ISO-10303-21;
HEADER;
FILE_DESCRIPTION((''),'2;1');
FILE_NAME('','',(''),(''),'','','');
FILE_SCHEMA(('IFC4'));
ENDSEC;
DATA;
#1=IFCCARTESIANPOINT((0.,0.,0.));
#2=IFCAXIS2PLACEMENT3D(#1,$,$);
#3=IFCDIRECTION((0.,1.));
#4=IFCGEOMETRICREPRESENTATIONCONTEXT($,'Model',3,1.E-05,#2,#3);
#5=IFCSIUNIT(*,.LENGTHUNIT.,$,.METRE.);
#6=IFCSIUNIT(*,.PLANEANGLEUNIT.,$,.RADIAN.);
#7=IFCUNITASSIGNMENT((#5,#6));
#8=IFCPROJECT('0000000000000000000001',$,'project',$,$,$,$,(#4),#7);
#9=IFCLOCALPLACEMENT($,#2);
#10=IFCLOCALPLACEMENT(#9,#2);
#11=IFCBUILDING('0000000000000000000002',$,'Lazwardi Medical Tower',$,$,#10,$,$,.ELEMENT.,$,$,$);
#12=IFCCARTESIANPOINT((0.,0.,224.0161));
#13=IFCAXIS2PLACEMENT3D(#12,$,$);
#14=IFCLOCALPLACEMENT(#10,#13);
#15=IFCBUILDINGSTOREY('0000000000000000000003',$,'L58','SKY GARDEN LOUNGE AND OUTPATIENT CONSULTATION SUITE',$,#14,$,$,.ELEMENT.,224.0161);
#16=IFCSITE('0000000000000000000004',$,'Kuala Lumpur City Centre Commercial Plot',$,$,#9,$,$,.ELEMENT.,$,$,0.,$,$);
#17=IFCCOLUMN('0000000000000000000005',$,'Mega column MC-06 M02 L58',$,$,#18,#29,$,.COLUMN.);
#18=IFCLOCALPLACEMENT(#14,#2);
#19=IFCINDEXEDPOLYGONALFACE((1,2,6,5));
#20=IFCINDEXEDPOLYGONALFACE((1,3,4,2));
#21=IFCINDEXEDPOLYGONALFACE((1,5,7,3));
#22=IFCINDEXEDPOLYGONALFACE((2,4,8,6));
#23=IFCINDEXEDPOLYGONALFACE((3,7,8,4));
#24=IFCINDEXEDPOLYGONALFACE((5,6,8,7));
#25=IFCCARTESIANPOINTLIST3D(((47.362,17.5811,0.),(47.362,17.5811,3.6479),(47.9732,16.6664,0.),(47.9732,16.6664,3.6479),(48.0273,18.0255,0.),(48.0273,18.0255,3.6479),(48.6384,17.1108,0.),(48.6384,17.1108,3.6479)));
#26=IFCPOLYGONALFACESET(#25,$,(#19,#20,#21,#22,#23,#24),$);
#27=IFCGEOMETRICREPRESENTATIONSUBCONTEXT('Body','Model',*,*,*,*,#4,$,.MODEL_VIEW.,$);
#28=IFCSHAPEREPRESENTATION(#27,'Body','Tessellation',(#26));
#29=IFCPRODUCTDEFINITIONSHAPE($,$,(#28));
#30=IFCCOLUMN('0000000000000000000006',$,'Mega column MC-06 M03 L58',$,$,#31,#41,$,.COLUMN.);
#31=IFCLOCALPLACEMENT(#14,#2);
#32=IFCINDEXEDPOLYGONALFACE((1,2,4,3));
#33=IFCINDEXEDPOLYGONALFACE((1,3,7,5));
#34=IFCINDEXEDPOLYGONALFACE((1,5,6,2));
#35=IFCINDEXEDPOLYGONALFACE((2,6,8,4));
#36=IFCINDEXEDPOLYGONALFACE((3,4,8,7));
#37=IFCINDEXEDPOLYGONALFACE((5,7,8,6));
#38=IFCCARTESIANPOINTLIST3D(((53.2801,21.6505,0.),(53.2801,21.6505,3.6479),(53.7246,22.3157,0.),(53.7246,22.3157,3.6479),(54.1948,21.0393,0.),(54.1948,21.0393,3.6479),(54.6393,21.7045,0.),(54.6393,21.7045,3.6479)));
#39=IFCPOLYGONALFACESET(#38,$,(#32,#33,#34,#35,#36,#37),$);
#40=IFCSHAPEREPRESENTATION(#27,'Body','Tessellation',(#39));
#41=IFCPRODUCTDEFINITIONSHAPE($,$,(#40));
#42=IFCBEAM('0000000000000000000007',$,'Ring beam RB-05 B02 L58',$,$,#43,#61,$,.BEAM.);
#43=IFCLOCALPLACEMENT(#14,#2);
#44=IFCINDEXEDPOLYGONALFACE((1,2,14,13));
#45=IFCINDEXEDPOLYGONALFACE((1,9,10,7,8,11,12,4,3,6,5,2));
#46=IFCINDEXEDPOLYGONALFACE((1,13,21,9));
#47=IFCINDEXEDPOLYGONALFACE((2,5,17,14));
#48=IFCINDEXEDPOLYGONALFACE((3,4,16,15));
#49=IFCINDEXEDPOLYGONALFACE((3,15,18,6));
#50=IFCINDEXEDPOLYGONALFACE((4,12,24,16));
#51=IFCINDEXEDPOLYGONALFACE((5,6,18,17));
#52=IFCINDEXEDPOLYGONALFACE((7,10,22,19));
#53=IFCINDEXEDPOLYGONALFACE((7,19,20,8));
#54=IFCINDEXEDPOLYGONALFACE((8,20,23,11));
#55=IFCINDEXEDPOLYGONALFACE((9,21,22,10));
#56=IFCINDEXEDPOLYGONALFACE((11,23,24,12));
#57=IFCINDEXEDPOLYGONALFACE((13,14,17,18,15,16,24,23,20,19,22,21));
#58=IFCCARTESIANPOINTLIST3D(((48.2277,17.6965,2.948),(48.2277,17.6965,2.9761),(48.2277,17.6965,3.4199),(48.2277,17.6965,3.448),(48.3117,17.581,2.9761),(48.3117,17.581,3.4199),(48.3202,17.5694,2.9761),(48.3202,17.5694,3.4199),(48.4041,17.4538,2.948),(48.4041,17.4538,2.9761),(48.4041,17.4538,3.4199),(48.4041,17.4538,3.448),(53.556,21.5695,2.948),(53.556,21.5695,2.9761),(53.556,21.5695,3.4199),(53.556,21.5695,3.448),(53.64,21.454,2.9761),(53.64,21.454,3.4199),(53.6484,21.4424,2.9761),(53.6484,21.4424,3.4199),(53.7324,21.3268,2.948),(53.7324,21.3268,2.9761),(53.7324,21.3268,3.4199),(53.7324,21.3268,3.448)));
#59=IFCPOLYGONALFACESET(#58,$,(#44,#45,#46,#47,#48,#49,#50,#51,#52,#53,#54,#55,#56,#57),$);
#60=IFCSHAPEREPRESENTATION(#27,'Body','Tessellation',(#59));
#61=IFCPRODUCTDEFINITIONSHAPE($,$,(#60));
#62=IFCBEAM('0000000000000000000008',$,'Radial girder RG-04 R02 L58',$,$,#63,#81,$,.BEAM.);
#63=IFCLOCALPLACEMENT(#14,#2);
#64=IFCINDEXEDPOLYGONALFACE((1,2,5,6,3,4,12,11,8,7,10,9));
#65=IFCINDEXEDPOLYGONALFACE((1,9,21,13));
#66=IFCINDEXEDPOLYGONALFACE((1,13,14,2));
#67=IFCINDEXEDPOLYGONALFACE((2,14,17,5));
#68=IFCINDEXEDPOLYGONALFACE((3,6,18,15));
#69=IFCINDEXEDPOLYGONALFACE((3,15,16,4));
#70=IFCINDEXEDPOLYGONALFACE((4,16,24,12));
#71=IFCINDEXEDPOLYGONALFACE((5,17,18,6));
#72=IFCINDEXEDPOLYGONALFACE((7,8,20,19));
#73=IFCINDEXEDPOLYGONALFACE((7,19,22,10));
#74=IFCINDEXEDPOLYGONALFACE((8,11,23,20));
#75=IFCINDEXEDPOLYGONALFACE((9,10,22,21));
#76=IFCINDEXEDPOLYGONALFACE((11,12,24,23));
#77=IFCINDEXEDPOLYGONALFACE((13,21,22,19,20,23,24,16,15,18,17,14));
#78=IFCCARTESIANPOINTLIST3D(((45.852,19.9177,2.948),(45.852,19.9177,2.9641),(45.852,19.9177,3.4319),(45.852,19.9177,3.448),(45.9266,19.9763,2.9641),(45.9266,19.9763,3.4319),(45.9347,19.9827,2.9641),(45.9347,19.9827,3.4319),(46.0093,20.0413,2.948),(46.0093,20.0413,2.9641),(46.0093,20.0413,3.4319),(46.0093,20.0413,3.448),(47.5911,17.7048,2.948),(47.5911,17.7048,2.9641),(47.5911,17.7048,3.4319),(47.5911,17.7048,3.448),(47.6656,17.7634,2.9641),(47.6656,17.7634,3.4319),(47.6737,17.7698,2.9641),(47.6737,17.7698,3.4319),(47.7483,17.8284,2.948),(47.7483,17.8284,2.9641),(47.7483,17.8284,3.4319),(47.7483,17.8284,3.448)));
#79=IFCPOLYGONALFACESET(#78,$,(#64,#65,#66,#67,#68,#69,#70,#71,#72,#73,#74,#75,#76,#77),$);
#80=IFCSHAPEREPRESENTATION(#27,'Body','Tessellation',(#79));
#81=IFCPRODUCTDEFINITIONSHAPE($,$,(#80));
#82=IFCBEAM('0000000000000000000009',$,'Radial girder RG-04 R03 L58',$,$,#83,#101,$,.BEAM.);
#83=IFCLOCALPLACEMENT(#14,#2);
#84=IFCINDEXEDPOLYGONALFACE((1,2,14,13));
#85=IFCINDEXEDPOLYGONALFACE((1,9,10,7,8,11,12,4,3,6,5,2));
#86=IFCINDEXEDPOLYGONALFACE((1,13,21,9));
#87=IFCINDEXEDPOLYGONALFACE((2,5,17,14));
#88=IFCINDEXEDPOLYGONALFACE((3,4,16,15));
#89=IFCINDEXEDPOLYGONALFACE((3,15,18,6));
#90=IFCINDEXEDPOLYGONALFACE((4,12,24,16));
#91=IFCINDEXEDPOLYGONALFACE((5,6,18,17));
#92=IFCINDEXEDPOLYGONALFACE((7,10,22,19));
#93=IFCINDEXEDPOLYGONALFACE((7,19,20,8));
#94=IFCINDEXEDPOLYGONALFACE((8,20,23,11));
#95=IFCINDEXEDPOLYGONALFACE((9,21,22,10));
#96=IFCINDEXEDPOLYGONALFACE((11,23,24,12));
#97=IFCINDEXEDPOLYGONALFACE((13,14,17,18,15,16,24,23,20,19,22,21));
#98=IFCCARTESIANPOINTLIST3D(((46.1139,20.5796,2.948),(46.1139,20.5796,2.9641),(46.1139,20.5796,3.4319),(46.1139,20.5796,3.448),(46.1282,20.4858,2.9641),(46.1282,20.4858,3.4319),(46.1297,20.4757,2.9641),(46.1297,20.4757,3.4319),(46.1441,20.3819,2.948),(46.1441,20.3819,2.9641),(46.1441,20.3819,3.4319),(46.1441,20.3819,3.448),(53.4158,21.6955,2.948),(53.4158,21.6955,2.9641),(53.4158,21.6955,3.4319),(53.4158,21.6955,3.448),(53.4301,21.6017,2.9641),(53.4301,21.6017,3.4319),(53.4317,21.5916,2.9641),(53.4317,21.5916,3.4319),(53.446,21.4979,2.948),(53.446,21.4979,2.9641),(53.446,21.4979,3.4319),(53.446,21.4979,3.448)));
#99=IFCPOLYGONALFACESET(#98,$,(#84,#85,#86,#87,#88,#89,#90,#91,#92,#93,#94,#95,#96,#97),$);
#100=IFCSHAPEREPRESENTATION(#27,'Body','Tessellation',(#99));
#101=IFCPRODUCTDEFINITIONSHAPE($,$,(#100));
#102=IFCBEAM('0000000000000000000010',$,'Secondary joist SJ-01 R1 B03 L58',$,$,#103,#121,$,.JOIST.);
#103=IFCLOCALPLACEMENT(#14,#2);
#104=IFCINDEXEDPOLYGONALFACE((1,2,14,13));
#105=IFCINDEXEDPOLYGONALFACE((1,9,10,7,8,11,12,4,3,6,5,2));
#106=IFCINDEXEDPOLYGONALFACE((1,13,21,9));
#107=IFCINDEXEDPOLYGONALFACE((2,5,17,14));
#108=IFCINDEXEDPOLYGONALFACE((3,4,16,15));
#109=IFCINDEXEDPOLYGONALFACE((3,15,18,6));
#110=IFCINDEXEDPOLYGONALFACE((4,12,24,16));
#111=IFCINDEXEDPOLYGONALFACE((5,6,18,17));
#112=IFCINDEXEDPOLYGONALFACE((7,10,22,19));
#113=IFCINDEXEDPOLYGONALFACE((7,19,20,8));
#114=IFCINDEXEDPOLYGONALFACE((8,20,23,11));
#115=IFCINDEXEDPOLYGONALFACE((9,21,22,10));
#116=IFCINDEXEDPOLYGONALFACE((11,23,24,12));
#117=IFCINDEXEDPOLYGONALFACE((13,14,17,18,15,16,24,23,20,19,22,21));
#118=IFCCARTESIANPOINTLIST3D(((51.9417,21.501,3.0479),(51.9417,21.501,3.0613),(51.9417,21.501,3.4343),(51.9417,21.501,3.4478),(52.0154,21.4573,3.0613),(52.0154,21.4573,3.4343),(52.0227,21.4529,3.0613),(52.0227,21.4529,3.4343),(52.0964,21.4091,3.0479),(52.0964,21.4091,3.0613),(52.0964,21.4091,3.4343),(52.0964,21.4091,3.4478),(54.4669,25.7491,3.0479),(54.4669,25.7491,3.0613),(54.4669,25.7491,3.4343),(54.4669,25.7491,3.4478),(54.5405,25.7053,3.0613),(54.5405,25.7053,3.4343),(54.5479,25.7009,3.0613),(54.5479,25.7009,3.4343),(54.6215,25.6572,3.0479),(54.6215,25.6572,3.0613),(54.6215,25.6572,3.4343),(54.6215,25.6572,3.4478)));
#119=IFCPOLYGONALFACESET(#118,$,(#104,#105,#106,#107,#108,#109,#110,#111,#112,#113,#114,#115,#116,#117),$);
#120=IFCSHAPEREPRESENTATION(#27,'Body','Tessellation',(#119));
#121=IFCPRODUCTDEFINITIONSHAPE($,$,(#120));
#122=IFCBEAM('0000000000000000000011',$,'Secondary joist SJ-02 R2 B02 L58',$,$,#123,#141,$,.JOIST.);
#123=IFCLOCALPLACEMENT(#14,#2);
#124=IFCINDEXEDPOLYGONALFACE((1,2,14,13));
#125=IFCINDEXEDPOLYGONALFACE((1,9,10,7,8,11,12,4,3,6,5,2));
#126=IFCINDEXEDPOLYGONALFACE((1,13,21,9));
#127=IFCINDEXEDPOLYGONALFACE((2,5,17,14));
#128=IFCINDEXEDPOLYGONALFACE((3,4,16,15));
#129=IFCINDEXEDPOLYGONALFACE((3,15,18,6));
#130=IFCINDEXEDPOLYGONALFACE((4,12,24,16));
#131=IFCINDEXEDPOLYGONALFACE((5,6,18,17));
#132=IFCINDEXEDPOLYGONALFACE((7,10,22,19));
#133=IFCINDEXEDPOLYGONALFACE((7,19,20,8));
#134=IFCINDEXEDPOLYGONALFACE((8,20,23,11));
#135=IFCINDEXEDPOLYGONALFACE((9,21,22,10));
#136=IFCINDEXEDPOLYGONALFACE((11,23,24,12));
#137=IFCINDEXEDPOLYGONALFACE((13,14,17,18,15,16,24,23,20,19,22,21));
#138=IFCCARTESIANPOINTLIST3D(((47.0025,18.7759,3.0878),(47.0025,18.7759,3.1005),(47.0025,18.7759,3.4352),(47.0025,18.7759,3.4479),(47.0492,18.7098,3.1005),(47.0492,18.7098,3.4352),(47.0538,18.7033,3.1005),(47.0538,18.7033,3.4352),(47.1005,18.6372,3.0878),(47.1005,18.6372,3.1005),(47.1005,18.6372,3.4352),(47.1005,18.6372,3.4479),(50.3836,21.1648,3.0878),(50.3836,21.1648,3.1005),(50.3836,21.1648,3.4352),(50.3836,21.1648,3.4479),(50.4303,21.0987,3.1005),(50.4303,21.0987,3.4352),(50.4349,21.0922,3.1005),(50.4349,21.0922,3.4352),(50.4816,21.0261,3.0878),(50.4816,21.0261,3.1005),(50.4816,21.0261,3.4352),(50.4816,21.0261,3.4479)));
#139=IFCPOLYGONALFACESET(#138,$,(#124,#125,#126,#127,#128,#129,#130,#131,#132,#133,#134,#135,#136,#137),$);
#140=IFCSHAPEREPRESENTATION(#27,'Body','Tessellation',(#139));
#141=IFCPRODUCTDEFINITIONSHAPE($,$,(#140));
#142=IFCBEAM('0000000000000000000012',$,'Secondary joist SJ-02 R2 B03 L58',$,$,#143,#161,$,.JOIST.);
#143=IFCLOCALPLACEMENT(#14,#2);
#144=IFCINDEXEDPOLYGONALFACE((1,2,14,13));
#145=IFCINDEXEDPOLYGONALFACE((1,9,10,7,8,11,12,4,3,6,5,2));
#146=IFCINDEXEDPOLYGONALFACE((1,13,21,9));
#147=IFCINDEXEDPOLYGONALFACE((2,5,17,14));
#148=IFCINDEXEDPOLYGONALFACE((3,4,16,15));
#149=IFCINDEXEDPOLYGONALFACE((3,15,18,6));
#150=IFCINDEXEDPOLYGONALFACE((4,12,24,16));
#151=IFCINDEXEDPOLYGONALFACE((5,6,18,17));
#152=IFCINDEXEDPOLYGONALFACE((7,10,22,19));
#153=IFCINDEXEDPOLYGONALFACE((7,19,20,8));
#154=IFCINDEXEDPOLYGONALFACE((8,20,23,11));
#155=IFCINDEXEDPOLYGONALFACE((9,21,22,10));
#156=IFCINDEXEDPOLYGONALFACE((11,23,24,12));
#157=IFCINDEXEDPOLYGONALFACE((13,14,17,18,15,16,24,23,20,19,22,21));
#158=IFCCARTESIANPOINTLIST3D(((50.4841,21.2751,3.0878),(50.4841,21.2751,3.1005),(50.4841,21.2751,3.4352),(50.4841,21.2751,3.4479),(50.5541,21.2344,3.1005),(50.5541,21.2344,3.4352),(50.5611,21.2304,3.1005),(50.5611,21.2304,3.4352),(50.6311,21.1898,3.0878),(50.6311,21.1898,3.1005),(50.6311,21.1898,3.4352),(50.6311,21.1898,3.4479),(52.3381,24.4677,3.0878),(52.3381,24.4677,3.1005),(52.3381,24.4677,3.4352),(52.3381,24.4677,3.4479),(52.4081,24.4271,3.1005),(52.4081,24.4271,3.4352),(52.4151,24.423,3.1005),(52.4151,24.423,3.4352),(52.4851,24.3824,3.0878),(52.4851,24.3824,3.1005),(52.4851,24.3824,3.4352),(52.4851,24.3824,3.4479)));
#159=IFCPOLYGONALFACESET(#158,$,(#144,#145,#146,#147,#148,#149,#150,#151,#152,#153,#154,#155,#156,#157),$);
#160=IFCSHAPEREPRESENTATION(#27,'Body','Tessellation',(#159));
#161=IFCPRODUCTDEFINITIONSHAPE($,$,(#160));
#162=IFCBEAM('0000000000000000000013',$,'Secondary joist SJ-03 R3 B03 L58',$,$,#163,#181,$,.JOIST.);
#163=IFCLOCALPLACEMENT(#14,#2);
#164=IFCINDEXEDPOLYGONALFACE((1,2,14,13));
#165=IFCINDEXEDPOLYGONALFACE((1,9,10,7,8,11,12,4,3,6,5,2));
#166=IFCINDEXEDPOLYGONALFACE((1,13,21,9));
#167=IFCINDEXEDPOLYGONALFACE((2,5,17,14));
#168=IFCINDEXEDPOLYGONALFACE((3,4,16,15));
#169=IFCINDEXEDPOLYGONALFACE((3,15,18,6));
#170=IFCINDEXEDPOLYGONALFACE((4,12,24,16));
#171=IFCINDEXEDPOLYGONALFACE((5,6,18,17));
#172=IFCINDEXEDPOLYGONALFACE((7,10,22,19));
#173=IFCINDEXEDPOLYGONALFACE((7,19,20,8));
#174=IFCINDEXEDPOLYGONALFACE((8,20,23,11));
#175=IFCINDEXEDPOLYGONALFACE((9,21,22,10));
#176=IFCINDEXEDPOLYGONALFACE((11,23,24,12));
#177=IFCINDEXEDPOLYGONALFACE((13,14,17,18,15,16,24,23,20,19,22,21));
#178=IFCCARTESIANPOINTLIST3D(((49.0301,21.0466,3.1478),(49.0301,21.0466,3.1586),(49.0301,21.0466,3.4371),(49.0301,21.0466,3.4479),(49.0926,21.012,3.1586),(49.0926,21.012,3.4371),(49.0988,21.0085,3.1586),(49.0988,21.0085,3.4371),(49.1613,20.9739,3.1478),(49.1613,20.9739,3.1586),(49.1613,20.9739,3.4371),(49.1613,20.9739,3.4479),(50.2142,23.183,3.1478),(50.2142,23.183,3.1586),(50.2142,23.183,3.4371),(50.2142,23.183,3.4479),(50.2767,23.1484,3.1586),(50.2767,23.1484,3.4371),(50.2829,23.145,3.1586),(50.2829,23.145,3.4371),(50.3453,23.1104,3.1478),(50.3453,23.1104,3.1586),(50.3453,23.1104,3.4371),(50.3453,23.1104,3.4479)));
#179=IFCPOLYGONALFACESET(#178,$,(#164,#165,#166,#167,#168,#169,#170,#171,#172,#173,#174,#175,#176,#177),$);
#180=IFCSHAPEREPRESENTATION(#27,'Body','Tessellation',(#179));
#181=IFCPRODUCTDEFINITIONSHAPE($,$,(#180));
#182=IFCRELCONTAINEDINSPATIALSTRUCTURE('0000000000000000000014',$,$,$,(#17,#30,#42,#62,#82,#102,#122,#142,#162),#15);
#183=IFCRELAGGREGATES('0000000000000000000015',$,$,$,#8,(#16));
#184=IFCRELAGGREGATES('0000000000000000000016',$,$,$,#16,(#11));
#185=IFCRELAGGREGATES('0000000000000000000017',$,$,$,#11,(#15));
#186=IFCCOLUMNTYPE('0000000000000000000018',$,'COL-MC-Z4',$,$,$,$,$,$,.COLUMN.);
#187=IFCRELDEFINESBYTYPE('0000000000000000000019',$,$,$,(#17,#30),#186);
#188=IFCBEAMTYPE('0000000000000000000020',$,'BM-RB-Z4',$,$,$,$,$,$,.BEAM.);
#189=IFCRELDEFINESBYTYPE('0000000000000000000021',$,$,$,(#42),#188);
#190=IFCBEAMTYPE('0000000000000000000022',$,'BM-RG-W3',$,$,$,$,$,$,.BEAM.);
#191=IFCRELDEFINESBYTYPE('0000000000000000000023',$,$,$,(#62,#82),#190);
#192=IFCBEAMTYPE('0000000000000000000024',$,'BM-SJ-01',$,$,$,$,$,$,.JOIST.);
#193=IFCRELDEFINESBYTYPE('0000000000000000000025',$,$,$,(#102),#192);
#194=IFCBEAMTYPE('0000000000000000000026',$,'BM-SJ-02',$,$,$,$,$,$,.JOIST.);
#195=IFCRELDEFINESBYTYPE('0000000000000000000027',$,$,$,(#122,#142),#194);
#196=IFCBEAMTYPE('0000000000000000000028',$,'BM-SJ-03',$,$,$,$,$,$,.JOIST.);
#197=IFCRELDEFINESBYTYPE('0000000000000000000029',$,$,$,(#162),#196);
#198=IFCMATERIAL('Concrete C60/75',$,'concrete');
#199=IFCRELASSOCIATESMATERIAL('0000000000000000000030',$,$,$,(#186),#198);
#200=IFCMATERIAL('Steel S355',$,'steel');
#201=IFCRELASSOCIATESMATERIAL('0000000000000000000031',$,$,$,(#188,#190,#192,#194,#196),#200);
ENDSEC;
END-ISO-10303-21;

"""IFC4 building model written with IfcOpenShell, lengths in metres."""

from ifc_helpers import new_model, si_unit, direction, frame, origin, origin_2d, place, context, subcontext, project, spatial, rectangle, i_section, extrude, material, material_profile, profile_set, type_object, element, save


model = new_model("IFC4")

# Units and contexts
model_context = context("Model", 3, precision=1e-05, world=origin(), true_north=direction((0.0, 1.0)))
body_context = subcontext(model_context, "Body", "Model", "MODEL_VIEW")
ifc_project = project(units=[si_unit("LENGTHUNIT", "METRE"), si_unit("PLANEANGLEUNIT", "RADIAN")], contexts=[model_context])

# Site, building, storey
site_placement = place(None, origin())
site = spatial("IfcSite", under=ifc_project, at=site_placement, Name="Kuala Lumpur City Centre Commercial Plot", CompositionType="ELEMENT", RefElevation=0.0)
building_placement = place(site_placement, origin())
building = spatial("IfcBuilding", under=site, at=building_placement, Name="Lazwardi Medical Tower", CompositionType="ELEMENT")
storey_placement = place(building_placement, frame((0.0, 0.0, 224.0161)))
storey = spatial("IfcBuildingStorey", under=building, at=storey_placement, Name="L58", Description="SKY GARDEN LOUNGE AND OUTPATIENT CONSULTATION SUITE", CompositionType="ELEMENT", Elevation=224.0161)

# Columns
ifc_material_1 = material(Name="Concrete C60/75", Category="concrete")
ifc_material_profile_1 = material_profile(ifc_material_1, rectangle(XDim=1.1001, YDim=0.8, at=origin_2d()), Name="CFT-RECT 1100x800")
ifc_profile_set_1 = profile_set([ifc_material_profile_1], Name="Concrete C60/75")
column_type = type_object("IfcColumnType", Name="COL-MC-Z4", PredefinedType="COLUMN", material=ifc_profile_set_1)
for number, where, z_axis, x_axis, name in (
    (1, (48.0002, 17.3459, 0.0), (0.0, 0.0, 1.0), (0.55557, -0.83147, 0.0), "Mega column MC-06 M02 L58"),
    (2, (53.9597, 21.6775, 0.0), (0.0, 0.0, 1.0), (0.83147, -0.55557, 0.0), "Mega column MC-06 M03 L58"),
):
    element("IfcColumn", number, at=place(storey_placement, frame(where, z_axis=z_axis, x_axis=x_axis)), inside=storey, type_object=column_type, Name=name, PredefinedType="COLUMN", context=body_context, shape_type="SweptSolid", body=[
        extrude(rectangle(XDim=1.1001, YDim=0.8, at=origin_2d()), origin(), (0.0, 0.0, 1.0), 3.6479),
    ])

# Beams
ifc_material_2 = material(Name="Steel S355", Category="steel")
ifc_material_profile_2 = material_profile(ifc_material_2, i_section(OverallWidth=0.3, OverallDepth=0.5, WebThickness=0.0144, FlangeThickness=0.0281, at=origin_2d()), Name="HEB 500")
ifc_profile_set_2 = profile_set([ifc_material_profile_2], Name="Steel S355")
beam_type_1 = type_object("IfcBeamType", Name="BM-RB-Z4", PredefinedType="BEAM", material=ifc_profile_set_2)
beam_1_placement = place(storey_placement, frame((48.3159, 17.5752, 3.198), z_axis=(0.80889, 0.58796, 0.0), x_axis=(-0.58796, 0.80889, 0.0)))
element("IfcBeam", 3, at=beam_1_placement, inside=storey, type_object=beam_type_1, Name="Ring beam RB-05 B02 L58", PredefinedType="BEAM", context=body_context, shape_type="SweptSolid", body=[
    extrude(i_section(OverallWidth=0.3, OverallDepth=0.5, WebThickness=0.0144, FlangeThickness=0.0281, at=origin_2d()), origin(), (0.0, 0.0, 1.0), 6.5872),
])
ifc_material_profile_3 = material_profile(ifc_material_2, i_section(OverallWidth=0.2, OverallDepth=0.5, WebThickness=0.0103, FlangeThickness=0.0161, at=origin_2d()), Name="IPE 500")
ifc_profile_set_3 = profile_set([ifc_material_profile_3], Name="Steel S355")
beam_type_2 = type_object("IfcBeamType", Name="BM-RG-W3", PredefinedType="BEAM", material=ifc_profile_set_3)
beam_2_placement = place(storey_placement, frame((47.6697, 17.7666, 3.198), z_axis=(-0.617891, 0.786264, 0.0), x_axis=(-0.786264, -0.617891, 0.0)))
element("IfcBeam", 4, at=beam_2_placement, inside=storey, type_object=beam_type_2, Name="Radial girder RG-04 R02 L58", PredefinedType="BEAM", context=body_context, shape_type="SweptSolid", body=[
    extrude(i_section(OverallWidth=0.2, OverallDepth=0.5, WebThickness=0.0103, FlangeThickness=0.0161, at=origin_2d()), origin(), (0.0, 0.0, 1.0), 2.8145),
])
beam_3_placement = place(storey_placement, frame((53.4309, 21.5967, 3.198), z_axis=(-0.988522, -0.151076, 0.0), x_axis=(0.151076, -0.988522, 0.0)))
element("IfcBeam", 5, at=beam_3_placement, inside=storey, type_object=beam_type_2, Name="Radial girder RG-04 R03 L58", PredefinedType="BEAM", context=body_context, shape_type="SweptSolid", body=[
    extrude(i_section(OverallWidth=0.2, OverallDepth=0.5, WebThickness=0.0103, FlangeThickness=0.0161, at=origin_2d()), origin(), (0.0, 0.0, 1.0), 7.3867),
])
ifc_material_profile_4 = material_profile(ifc_material_2, i_section(OverallWidth=0.1799, OverallDepth=0.3999, WebThickness=0.0085, FlangeThickness=0.0134, at=origin_2d()), Name="IPE 400")
ifc_profile_set_4 = profile_set([ifc_material_profile_4], Name="Steel S355")
beam_type_3 = type_object("IfcBeamType", Name="BM-SJ-01", PredefinedType="JOIST", material=ifc_profile_set_4)
beam_4_placement = place(storey_placement, frame((52.019, 21.4551, 3.2478), z_axis=(0.510968, 0.8596, 0.0), x_axis=(-0.8596, 0.510968, 0.0)))
element("IfcBeam", 6, at=beam_4_placement, inside=storey, type_object=beam_type_3, Name="Secondary joist SJ-01 R1 B03 L58", PredefinedType="JOIST", context=body_context, shape_type="SweptSolid", body=[
    extrude(i_section(OverallWidth=0.1799, OverallDepth=0.3999, WebThickness=0.0085, FlangeThickness=0.0134, at=origin_2d()), origin(), (0.0, 0.0, 1.0), 4.9419),
])
ifc_material_profile_5 = material_profile(ifc_material_2, i_section(OverallWidth=0.1699, OverallDepth=0.3601, WebThickness=0.0081, FlangeThickness=0.0127, at=origin_2d()), Name="IPE 360")
ifc_profile_set_5 = profile_set([ifc_material_profile_5], Name="Steel S355")
beam_type_4 = type_object("IfcBeamType", Name="BM-SJ-02", PredefinedType="JOIST", material=ifc_profile_set_5)
beam_5_placement = place(storey_placement, frame((47.0515, 18.7065, 3.2678), z_axis=(0.816711, 0.577047, 0.0), x_axis=(-0.577047, 0.816711, 0.0)))
element("IfcBeam", 7, at=beam_5_placement, inside=storey, type_object=beam_type_4, Name="Secondary joist SJ-02 R2 B02 L58", PredefinedType="JOIST", context=body_context, shape_type="SweptSolid", body=[
    extrude(i_section(OverallWidth=0.1699, OverallDepth=0.3601, WebThickness=0.0081, FlangeThickness=0.0127, at=origin_2d()), origin(), (0.0, 0.0, 1.0), 4.1399),
])
beam_6_placement = place(storey_placement, frame((50.5576, 21.2324, 3.2678), z_axis=(0.50218, 0.864763, 0.0), x_axis=(-0.864763, 0.50218, 0.0)))
element("IfcBeam", 8, at=beam_6_placement, inside=storey, type_object=beam_type_4, Name="Secondary joist SJ-02 R2 B03 L58", PredefinedType="JOIST", context=body_context, shape_type="SweptSolid", body=[
    extrude(i_section(OverallWidth=0.1699, OverallDepth=0.3601, WebThickness=0.0081, FlangeThickness=0.0127, at=origin_2d()), origin(), (0.0, 0.0, 1.0), 3.6919),
])
ifc_material_profile_6 = material_profile(ifc_material_2, i_section(OverallWidth=0.1499, OverallDepth=0.3, WebThickness=0.0071, FlangeThickness=0.0107, at=origin_2d()), Name="IPE 300")
ifc_profile_set_6 = profile_set([ifc_material_profile_6], Name="Steel S355")
beam_type_5 = type_object("IfcBeamType", Name="BM-SJ-03", PredefinedType="JOIST", material=ifc_profile_set_6)
beam_7_placement = place(storey_placement, frame((49.0957, 21.0103, 3.2979), z_axis=(0.484752, 0.874652, 0.0), x_axis=(-0.874652, 0.484752, 0.0)))
element("IfcBeam", 9, at=beam_7_placement, inside=storey, type_object=beam_type_5, Name="Secondary joist SJ-03 R3 B03 L58", PredefinedType="JOIST", context=body_context, shape_type="SweptSolid", body=[
    extrude(i_section(OverallWidth=0.1499, OverallDepth=0.3, WebThickness=0.0071, FlangeThickness=0.0107, at=origin_2d()), origin(), (0.0, 0.0, 1.0), 2.4426),
])

save(model, "model.ifc")
